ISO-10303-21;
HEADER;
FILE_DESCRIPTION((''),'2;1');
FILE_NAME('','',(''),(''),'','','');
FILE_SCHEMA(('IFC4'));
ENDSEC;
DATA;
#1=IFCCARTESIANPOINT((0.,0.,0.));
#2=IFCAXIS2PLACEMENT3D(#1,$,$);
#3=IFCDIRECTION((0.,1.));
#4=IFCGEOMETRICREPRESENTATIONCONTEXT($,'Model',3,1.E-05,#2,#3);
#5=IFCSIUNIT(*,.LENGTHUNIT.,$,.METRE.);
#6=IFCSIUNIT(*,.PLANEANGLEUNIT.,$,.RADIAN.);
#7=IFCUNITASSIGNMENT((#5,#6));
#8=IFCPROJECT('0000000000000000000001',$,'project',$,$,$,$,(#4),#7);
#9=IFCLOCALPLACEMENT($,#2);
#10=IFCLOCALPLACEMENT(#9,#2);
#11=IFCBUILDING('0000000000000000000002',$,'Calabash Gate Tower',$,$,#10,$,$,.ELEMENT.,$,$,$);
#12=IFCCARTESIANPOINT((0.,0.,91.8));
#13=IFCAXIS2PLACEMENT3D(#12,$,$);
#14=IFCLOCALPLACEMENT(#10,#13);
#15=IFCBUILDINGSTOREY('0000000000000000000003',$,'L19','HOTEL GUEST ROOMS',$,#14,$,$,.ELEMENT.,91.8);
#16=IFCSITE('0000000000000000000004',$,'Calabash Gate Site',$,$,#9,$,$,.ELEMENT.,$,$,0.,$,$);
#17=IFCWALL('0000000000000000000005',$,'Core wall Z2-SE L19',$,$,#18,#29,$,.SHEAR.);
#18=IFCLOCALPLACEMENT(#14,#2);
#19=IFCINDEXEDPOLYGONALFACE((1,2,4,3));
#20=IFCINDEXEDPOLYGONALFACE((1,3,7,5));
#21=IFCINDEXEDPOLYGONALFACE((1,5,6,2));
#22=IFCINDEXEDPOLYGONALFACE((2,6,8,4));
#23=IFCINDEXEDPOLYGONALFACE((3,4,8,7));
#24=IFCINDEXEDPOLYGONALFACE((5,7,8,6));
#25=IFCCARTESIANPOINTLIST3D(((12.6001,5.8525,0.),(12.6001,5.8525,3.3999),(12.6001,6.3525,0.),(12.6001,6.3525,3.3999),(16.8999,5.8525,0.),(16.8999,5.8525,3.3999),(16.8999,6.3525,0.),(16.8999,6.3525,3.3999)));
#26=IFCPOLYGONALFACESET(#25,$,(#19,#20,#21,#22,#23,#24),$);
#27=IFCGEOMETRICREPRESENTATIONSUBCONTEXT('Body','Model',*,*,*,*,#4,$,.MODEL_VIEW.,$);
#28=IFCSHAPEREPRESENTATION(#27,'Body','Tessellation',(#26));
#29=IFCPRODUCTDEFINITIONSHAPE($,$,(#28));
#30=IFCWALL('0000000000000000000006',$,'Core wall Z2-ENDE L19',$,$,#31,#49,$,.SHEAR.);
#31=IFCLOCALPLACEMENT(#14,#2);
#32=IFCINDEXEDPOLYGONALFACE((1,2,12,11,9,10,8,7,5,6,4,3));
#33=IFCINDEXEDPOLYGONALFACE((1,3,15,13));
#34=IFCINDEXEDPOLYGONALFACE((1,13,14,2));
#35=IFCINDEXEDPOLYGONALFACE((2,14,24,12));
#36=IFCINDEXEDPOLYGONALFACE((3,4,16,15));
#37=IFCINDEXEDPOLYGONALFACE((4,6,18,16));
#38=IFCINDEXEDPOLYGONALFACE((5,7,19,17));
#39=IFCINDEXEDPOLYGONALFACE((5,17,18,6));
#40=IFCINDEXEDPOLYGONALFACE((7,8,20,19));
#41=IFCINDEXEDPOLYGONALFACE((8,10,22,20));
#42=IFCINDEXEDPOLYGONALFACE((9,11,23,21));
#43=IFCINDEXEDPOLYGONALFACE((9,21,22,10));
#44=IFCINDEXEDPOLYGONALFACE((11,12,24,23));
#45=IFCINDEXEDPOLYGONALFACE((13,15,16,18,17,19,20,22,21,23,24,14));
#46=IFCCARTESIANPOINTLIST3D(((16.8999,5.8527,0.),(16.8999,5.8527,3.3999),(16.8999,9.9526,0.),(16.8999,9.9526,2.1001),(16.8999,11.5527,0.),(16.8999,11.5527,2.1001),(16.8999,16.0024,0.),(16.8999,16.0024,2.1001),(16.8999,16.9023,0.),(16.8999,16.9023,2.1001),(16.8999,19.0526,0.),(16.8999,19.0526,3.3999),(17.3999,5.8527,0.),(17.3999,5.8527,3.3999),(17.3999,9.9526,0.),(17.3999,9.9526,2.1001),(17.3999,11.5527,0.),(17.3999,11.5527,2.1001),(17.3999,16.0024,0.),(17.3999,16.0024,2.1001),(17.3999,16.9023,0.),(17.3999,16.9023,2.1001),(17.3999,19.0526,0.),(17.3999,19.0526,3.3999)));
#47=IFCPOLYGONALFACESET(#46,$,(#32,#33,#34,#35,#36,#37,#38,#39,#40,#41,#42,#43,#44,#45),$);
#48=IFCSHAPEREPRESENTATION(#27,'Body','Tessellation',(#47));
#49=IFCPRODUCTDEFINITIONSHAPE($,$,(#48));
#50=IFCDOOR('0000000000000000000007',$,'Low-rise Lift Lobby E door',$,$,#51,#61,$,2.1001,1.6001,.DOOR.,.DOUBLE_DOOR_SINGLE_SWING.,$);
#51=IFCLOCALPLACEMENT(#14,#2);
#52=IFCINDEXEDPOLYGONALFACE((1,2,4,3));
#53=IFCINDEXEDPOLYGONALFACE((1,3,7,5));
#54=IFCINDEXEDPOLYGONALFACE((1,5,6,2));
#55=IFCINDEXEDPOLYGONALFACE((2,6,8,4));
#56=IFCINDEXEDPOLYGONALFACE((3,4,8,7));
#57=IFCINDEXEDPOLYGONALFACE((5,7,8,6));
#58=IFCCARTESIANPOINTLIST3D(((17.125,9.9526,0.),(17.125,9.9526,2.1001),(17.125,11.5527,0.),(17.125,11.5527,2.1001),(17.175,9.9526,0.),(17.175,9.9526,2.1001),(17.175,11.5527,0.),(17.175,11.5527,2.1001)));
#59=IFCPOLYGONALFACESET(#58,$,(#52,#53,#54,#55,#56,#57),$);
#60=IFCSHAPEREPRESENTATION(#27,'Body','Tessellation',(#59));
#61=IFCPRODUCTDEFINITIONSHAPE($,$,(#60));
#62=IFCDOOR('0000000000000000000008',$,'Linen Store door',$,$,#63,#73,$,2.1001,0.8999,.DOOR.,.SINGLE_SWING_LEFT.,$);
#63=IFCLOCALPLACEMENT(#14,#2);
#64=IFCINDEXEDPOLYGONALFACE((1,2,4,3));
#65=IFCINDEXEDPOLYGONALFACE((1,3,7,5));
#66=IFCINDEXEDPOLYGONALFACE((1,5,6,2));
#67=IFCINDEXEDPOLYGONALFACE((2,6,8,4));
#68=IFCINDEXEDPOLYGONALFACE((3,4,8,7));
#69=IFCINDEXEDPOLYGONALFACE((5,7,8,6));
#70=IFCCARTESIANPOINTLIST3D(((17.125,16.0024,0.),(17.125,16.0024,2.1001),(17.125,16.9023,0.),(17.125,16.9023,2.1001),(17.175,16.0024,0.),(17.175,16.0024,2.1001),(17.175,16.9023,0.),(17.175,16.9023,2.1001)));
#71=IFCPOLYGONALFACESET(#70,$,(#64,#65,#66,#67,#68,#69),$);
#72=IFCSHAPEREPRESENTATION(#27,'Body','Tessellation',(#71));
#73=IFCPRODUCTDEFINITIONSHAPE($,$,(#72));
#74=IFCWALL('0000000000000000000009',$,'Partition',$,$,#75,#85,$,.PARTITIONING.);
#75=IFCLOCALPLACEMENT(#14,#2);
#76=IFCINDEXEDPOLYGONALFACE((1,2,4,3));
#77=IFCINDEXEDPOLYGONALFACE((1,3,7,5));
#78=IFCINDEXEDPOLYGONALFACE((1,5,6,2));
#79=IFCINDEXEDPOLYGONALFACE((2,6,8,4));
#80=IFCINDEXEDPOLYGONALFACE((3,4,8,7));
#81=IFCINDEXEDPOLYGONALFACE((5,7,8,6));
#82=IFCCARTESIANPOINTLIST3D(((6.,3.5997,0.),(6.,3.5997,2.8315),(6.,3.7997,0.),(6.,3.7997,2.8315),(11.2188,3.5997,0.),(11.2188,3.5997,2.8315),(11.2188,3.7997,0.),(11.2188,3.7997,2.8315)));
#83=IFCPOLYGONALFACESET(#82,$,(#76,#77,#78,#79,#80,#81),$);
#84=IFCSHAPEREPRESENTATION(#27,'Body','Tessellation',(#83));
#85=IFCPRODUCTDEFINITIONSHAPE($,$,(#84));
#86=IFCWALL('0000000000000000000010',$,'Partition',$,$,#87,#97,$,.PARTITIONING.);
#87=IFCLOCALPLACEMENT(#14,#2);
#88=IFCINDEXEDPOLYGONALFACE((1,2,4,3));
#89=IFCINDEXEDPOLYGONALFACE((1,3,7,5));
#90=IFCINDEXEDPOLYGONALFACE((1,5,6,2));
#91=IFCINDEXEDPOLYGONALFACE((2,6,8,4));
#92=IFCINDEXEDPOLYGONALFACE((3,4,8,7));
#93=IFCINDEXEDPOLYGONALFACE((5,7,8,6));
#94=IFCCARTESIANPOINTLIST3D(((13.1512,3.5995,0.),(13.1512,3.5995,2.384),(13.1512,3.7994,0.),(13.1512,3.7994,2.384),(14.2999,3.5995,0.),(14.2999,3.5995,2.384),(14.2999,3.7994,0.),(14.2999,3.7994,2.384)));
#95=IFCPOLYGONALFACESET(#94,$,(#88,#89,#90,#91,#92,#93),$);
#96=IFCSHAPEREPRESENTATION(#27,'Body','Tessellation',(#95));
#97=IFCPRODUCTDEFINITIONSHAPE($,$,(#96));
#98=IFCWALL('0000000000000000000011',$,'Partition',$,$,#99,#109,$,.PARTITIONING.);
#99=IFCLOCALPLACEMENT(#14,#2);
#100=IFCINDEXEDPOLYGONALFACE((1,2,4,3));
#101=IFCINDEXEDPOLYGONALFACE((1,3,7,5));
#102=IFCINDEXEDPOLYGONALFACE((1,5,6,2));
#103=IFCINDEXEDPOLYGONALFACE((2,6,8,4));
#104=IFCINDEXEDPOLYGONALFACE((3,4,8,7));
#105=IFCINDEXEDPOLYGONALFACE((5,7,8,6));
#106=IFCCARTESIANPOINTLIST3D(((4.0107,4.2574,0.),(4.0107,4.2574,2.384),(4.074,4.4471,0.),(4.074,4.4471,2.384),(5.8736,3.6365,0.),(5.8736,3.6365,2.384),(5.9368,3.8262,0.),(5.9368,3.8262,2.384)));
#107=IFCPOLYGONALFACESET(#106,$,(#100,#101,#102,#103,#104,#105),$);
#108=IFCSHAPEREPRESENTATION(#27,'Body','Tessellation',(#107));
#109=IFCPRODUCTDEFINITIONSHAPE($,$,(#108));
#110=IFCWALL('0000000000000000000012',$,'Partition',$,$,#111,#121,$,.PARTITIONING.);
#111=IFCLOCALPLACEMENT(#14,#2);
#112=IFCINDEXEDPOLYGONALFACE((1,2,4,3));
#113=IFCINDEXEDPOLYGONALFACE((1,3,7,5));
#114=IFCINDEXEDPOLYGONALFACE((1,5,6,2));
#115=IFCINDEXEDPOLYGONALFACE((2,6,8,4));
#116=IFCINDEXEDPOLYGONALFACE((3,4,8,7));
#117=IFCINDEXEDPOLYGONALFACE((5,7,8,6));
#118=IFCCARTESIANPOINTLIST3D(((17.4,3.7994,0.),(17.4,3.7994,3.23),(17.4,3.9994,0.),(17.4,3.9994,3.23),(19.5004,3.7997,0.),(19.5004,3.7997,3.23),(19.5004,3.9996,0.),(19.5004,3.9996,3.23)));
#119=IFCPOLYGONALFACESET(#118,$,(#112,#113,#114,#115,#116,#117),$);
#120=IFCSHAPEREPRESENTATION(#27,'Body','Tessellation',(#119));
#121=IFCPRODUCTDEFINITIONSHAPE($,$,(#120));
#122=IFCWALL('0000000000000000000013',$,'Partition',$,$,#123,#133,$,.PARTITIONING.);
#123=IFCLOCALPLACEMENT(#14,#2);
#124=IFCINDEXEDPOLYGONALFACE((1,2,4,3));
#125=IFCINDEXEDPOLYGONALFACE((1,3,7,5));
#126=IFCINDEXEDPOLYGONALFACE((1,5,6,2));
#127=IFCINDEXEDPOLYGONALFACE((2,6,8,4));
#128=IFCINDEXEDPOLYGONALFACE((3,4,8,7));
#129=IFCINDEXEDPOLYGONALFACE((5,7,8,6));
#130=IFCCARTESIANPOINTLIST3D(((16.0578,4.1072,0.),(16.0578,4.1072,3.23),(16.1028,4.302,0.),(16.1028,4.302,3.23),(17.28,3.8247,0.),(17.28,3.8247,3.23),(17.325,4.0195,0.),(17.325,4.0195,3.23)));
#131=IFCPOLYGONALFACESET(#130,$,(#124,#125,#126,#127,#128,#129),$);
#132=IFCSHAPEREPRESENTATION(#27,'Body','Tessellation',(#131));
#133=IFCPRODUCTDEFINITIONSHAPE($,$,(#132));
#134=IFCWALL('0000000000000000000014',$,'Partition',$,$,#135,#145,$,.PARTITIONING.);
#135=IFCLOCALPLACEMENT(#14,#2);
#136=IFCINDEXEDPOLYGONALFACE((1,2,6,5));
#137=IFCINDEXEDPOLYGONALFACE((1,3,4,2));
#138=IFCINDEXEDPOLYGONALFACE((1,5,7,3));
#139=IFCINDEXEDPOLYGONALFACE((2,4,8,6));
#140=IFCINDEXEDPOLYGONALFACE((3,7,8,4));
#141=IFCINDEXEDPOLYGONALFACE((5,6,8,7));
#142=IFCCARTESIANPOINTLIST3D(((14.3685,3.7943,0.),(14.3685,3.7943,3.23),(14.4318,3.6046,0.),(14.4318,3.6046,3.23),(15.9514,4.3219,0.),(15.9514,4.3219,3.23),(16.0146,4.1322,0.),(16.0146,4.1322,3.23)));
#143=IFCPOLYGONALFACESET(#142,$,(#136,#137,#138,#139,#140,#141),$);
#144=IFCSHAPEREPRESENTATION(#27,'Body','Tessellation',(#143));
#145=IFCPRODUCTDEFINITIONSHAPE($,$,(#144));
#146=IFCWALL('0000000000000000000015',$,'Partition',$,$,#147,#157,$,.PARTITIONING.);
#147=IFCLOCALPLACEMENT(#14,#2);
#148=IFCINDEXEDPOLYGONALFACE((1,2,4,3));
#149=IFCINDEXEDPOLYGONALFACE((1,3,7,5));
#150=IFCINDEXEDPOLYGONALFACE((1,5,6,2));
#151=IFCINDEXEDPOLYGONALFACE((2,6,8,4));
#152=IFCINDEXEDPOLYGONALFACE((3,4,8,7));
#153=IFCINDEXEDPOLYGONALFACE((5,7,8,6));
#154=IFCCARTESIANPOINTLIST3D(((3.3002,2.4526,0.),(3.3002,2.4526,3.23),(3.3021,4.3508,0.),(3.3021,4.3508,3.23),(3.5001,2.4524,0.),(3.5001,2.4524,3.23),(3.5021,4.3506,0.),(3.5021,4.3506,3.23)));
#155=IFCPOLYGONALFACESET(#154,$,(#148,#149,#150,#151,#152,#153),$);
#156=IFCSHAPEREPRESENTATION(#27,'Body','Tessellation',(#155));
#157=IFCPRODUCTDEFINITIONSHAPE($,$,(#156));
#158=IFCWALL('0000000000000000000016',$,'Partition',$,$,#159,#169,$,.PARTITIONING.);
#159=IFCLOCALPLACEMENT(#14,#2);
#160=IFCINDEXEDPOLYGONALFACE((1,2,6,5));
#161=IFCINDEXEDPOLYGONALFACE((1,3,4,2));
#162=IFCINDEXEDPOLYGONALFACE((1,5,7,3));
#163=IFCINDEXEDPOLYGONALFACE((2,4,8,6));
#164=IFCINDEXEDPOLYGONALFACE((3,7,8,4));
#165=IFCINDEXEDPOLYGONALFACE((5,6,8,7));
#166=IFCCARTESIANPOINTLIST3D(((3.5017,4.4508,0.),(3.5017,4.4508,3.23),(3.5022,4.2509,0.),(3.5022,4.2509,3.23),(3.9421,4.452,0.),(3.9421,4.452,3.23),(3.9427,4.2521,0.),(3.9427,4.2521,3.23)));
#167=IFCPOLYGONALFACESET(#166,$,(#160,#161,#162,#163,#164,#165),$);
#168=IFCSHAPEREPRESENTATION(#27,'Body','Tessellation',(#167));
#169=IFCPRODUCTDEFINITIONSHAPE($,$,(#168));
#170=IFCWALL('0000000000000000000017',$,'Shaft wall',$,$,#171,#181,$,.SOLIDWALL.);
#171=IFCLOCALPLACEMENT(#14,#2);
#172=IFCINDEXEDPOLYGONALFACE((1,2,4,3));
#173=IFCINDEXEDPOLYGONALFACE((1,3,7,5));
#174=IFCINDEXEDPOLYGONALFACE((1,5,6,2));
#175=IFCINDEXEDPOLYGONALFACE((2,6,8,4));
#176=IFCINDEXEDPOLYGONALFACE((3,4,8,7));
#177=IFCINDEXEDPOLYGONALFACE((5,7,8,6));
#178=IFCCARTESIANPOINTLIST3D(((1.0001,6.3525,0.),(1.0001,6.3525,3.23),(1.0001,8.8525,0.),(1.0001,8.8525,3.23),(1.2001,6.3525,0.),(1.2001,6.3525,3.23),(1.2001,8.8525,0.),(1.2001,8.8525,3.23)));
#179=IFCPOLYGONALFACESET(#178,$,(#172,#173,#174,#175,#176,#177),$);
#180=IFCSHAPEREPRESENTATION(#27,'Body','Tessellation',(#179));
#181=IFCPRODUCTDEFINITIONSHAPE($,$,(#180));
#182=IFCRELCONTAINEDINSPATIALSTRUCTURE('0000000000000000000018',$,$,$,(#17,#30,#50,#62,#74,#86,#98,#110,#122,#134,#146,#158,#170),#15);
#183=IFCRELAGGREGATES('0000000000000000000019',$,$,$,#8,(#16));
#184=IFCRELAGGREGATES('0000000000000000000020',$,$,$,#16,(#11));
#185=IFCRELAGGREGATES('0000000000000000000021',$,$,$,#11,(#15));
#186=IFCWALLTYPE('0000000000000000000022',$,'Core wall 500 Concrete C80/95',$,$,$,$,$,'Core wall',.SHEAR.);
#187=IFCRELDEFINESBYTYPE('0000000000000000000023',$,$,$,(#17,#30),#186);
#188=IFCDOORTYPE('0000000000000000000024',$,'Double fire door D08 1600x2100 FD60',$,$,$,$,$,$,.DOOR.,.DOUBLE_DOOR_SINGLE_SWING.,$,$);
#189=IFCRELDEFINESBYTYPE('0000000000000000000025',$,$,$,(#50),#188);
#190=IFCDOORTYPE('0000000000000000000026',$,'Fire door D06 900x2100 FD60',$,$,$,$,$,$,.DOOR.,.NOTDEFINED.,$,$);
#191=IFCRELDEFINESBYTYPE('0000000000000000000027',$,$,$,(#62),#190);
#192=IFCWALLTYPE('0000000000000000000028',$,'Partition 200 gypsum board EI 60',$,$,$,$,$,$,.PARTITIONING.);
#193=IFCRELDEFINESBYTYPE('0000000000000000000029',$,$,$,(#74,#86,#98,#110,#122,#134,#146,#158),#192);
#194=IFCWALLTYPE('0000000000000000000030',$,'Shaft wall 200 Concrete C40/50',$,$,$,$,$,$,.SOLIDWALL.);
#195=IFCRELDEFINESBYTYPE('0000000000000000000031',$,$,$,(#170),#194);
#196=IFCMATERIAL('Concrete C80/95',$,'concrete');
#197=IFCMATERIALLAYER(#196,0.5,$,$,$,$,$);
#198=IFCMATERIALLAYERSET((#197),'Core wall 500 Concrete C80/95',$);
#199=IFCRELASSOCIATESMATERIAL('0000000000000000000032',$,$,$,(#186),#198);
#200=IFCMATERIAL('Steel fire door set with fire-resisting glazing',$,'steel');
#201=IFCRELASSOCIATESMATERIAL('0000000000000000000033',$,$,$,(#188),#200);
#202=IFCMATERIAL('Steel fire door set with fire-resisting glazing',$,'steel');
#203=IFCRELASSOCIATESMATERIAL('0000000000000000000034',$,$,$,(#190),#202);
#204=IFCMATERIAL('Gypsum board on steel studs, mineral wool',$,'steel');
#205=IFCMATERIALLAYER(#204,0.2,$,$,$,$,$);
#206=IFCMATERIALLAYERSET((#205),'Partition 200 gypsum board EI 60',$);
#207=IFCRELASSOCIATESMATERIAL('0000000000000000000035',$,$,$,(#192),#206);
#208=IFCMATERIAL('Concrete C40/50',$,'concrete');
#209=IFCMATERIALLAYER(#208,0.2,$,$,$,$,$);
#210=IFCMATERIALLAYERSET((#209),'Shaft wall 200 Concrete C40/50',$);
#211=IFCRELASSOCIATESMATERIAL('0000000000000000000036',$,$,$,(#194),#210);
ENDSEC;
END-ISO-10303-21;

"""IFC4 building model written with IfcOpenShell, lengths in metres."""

from ifc_helpers import new_model, si_unit, direction, frame, frame_2d, origin, place, context, subcontext, project, spatial, rectangle, extrude, material, layer, layer_set, type_object, element, fill, save


model = new_model("IFC4")

# Units and contexts
model_context = context("Model", 3, precision=1e-05, world=origin(), true_north=direction((0.0, 1.0)))
body_context = subcontext(model_context, "Body", "Model", "MODEL_VIEW")
ifc_project = project(units=[si_unit("LENGTHUNIT", "METRE"), si_unit("PLANEANGLEUNIT", "RADIAN")], contexts=[model_context])

# Site, building, storey
site_placement = place(None, origin())
site = spatial("IfcSite", under=ifc_project, at=site_placement, Name="Calabash Gate Site", CompositionType="ELEMENT", RefElevation=0.0)
building_placement = place(site_placement, origin())
building = spatial("IfcBuilding", under=site, at=building_placement, Name="Calabash Gate Tower", CompositionType="ELEMENT")
storey_placement = place(building_placement, frame((0.0, 0.0, 91.8)))
storey = spatial("IfcBuildingStorey", under=building, at=storey_placement, Name="L19", Description="HOTEL GUEST ROOMS", CompositionType="ELEMENT", Elevation=91.8)

# Shared definitions
ifc_material_1 = material(Name="Concrete C80/95", Category="concrete")
ifc_layer_1 = layer(ifc_material_1, 0.5)
ifc_layer_set_1 = layer_set([ifc_layer_1], Name="Core wall 500 Concrete C80/95")
wall_type_1 = type_object("IfcWallType", Name="Core wall 500 Concrete C80/95", ElementType="Core wall", PredefinedType="SHEAR", material=ifc_layer_set_1)

# Wall
wall_1_placement = place(storey_placement, frame((12.6001, 6.1025, 0.0), z_axis=(0.0, 0.0, 1.0), x_axis=(1.0, 0.0, 0.0)))
element("IfcWall", 1, at=wall_1_placement, inside=storey, type_object=wall_type_1, Name="Core wall Z2-SE L19", PredefinedType="SHEAR", context=body_context, shape_type="SweptSolid", body=[
    extrude(rectangle(XDim=4.2998, YDim=0.5, at=frame_2d((2.1499, 0.0))), origin(), (0.0, 0.0, 1.0), 3.3999),
])

# Wall, openings, doors
wall_2_placement = place(storey_placement, frame((17.1499, 5.8525, 0.0), z_axis=(0.0, 0.0, 1.0), x_axis=(0.0, 1.0, 0.0)))
wall_2 = element("IfcWall", 2, at=wall_2_placement, inside=storey, type_object=wall_type_1, Name="Core wall Z2-ENDE L19", PredefinedType="SHEAR", context=body_context, shape_type="SweptSolid", body=[
    extrude(rectangle(XDim=13.2, YDim=0.5, at=frame_2d((6.6001, 0.0))), origin(), (0.0, 0.0, 1.0), 3.3999),
])
opening_1_placement = place(wall_2_placement, frame((4.1001, 0.0, 0.0)))
opening_1 = element("IfcOpeningElement", 3, at=opening_1_placement, cuts=wall_2, PredefinedType="OPENING", context=body_context, shape_type="SweptSolid", body=[
    extrude(rectangle(XDim=1.6001, YDim=2.1001, at=frame_2d((0.8, 1.05))), frame((0.0, 0.26, 0.0), z_axis=(0.0, -1.0, 0.0), x_axis=(1.0, 0.0, 0.0)), (0.0, 0.0, 1.0), 0.52),
])
opening_2_placement = place(wall_2_placement, frame((10.1499, 0.0, 0.0)))
opening_2 = element("IfcOpeningElement", 4, at=opening_2_placement, cuts=wall_2, PredefinedType="OPENING", context=body_context, shape_type="SweptSolid", body=[
    extrude(rectangle(XDim=0.8999, YDim=2.1001, at=frame_2d((0.45, 1.05))), frame((0.0, 0.26, 0.0), z_axis=(0.0, -1.0, 0.0), x_axis=(1.0, 0.0, 0.0)), (0.0, 0.0, 1.0), 0.52),
])
ifc_material_2 = material(Name="Steel fire door set with fire-resisting glazing", Category="steel")
door_type_1 = type_object("IfcDoorType", Name="Double fire door D08 1600x2100 FD60", OperationType="DOUBLE_DOOR_SINGLE_SWING", PredefinedType="DOOR", material=ifc_material_2)
door_1_placement = place(opening_1_placement, origin())
door_1 = element("IfcDoor", 5, at=door_1_placement, inside=storey, type_object=door_type_1, Name="Low-rise Lift Lobby E door", OperationType="DOUBLE_DOOR_SINGLE_SWING", OverallHeight=2.1001, OverallWidth=1.6001, PredefinedType="DOOR", context=body_context, shape_type="SweptSolid", body=[
    extrude(rectangle(XDim=1.6001, YDim=2.1001, at=frame_2d((0.8, 1.05))), frame((0.0, 0.0249, 0.0), z_axis=(0.0, -1.0, 0.0), x_axis=(1.0, 0.0, 0.0)), (0.0, 0.0, 1.0), 0.05),
])
fill(opening_1, door_1)
ifc_material_3 = material(Name="Steel fire door set with fire-resisting glazing", Category="steel")
door_type_2 = type_object("IfcDoorType", Name="Fire door D06 900x2100 FD60", OperationType="NOTDEFINED", PredefinedType="DOOR", material=ifc_material_3)
door_2_placement = place(opening_2_placement, origin())
door_2 = element("IfcDoor", 6, at=door_2_placement, inside=storey, type_object=door_type_2, Name="Linen Store door", OperationType="SINGLE_SWING_LEFT", OverallHeight=2.1001, OverallWidth=0.8999, PredefinedType="DOOR", context=body_context, shape_type="SweptSolid", body=[
    extrude(rectangle(XDim=0.8999, YDim=2.1001, at=frame_2d((0.45, 1.05))), frame((0.0, 0.0249, 0.0), z_axis=(0.0, -1.0, 0.0), x_axis=(1.0, 0.0, 0.0)), (0.0, 0.0, 1.0), 0.05),
])
fill(opening_2, door_2)

# Walls
ifc_material_4 = material(Name="Gypsum board on steel studs, mineral wool", Category="steel")
ifc_layer_2 = layer(ifc_material_4, 0.2)
ifc_layer_set_2 = layer_set([ifc_layer_2], Name="Partition 200 gypsum board EI 60")
wall_type_2 = type_object("IfcWallType", Name="Partition 200 gypsum board EI 60", PredefinedType="PARTITIONING", material=ifc_layer_set_2)
wall_3_placement = place(storey_placement, frame((6.0, 3.6997, 0.0), z_axis=(0.0, 0.0, 1.0), x_axis=(1.0, 0.0, 0.0)))
element("IfcWall", 7, at=wall_3_placement, inside=storey, type_object=wall_type_2, Name="Partition", PredefinedType="PARTITIONING", context=body_context, shape_type="SweptSolid", body=[
    extrude(rectangle(XDim=5.2188, YDim=0.2, at=frame_2d((2.6094, 0.0))), origin(), (0.0, 0.0, 1.0), 2.8315),
])
wall_4_placement = place(storey_placement, frame((13.1514, 3.6995, 0.0), z_axis=(0.0, 0.0, 1.0), x_axis=(1.0, 0.0, 0.0)))
element("IfcWall", 8, at=wall_4_placement, inside=storey, type_object=wall_type_2, Name="Partition", PredefinedType="PARTITIONING", context=body_context, shape_type="SweptSolid", body=[
    extrude(rectangle(XDim=1.1487, YDim=0.2, at=frame_2d((0.5742, 0.0))), origin(), (0.0, 0.0, 1.0), 2.384),
])
wall_5_placement = place(storey_placement, frame((4.0422, 4.3523, 0.0), z_axis=(0.0, 0.0, 1.0), x_axis=(0.948696, -0.31619, 0.0)))
element("IfcWall", 9, at=wall_5_placement, inside=storey, type_object=wall_type_2, Name="Partition", PredefinedType="PARTITIONING", context=body_context, shape_type="SweptSolid", body=[
    extrude(rectangle(XDim=1.9636, YDim=0.2, at=frame_2d((0.9819, 0.0))), origin(), (0.0, 0.0, 1.0), 2.384),
])
wall_6_placement = place(storey_placement, frame((17.3999, 3.8994, 0.0), z_axis=(0.0, 0.0, 1.0), x_axis=(1.0, 0.000116, 0.0)))
element("IfcWall", 10, at=wall_6_placement, inside=storey, type_object=wall_type_2, Name="Partition", PredefinedType="PARTITIONING", context=body_context, shape_type="SweptSolid", body=[
    extrude(rectangle(XDim=2.1003, YDim=0.2, at=frame_2d((1.0503, 0.0))), origin(), (0.0, 0.0, 1.0), 3.23),
])
wall_7_placement = place(storey_placement, frame((16.0803, 4.2046, 0.0), z_axis=(0.0, 0.0, 1.0), x_axis=(0.974316, -0.225186, 0.0)))
element("IfcWall", 11, at=wall_7_placement, inside=storey, type_object=wall_type_2, Name="Partition", PredefinedType="PARTITIONING", context=body_context, shape_type="SweptSolid", body=[
    extrude(rectangle(XDim=1.2544, YDim=0.2, at=frame_2d((0.6272, 0.0))), origin(), (0.0, 0.0, 1.0), 3.23),
])
wall_8_placement = place(storey_placement, frame((14.4001, 3.6995, 0.0), z_axis=(0.0, 0.0, 1.0), x_axis=(0.948683, 0.316228, 0.0)))
element("IfcWall", 12, at=wall_8_placement, inside=storey, type_object=wall_type_2, Name="Partition", PredefinedType="PARTITIONING", context=body_context, shape_type="SweptSolid", body=[
    extrude(rectangle(XDim=1.6685, YDim=0.2, at=frame_2d((0.8342, 0.0))), origin(), (0.0, 0.0, 1.0), 3.23),
])
wall_9_placement = place(storey_placement, frame((3.4001, 2.4524, 0.0), z_axis=(0.0, 0.0, 1.0), x_axis=(0.001029, 0.999999, 0.0)))
element("IfcWall", 13, at=wall_9_placement, inside=storey, type_object=wall_type_2, Name="Partition", PredefinedType="PARTITIONING", context=body_context, shape_type="SweptSolid", body=[
    extrude(rectangle(XDim=1.8982, YDim=0.2, at=frame_2d((0.9492, 0.0))), origin(), (0.0, 0.0, 1.0), 3.23),
])
wall_10_placement = place(storey_placement, frame((3.502, 4.3508, 0.0), z_axis=(0.0, 0.0, 1.0), x_axis=(0.999996, 0.002772, 0.0)))
element("IfcWall", 14, at=wall_10_placement, inside=storey, type_object=wall_type_2, Name="Partition", PredefinedType="PARTITIONING", context=body_context, shape_type="SweptSolid", body=[
    extrude(rectangle(XDim=0.4404, YDim=0.2, at=frame_2d((0.2202, 0.0))), origin(), (0.0, 0.0, 1.0), 3.23),
])
ifc_material_5 = material(Name="Concrete C40/50", Category="concrete")
ifc_layer_3 = layer(ifc_material_5, 0.2)
ifc_layer_set_3 = layer_set([ifc_layer_3], Name="Shaft wall 200 Concrete C40/50")
wall_type_3 = type_object("IfcWallType", Name="Shaft wall 200 Concrete C40/50", PredefinedType="SOLIDWALL", material=ifc_layer_set_3)
for number, where, z_axis, x_axis, name in (
    (15, (1.1001, 6.3525, 0.0), (0.0, 0.0, 1.0), (0.0, 1.0, 0.0), "Shaft wall"),
):
    element("IfcWall", number, at=place(storey_placement, frame(where, z_axis=z_axis, x_axis=x_axis)), inside=storey, type_object=wall_type_3, Name=name, PredefinedType="SOLIDWALL", context=body_context, shape_type="SweptSolid", body=[
        extrude(rectangle(XDim=2.5, YDim=0.2, at=frame_2d((1.25, 0.0))), origin(), (0.0, 0.0, 1.0), 3.23),
    ])

save(model, "model.ifc")
